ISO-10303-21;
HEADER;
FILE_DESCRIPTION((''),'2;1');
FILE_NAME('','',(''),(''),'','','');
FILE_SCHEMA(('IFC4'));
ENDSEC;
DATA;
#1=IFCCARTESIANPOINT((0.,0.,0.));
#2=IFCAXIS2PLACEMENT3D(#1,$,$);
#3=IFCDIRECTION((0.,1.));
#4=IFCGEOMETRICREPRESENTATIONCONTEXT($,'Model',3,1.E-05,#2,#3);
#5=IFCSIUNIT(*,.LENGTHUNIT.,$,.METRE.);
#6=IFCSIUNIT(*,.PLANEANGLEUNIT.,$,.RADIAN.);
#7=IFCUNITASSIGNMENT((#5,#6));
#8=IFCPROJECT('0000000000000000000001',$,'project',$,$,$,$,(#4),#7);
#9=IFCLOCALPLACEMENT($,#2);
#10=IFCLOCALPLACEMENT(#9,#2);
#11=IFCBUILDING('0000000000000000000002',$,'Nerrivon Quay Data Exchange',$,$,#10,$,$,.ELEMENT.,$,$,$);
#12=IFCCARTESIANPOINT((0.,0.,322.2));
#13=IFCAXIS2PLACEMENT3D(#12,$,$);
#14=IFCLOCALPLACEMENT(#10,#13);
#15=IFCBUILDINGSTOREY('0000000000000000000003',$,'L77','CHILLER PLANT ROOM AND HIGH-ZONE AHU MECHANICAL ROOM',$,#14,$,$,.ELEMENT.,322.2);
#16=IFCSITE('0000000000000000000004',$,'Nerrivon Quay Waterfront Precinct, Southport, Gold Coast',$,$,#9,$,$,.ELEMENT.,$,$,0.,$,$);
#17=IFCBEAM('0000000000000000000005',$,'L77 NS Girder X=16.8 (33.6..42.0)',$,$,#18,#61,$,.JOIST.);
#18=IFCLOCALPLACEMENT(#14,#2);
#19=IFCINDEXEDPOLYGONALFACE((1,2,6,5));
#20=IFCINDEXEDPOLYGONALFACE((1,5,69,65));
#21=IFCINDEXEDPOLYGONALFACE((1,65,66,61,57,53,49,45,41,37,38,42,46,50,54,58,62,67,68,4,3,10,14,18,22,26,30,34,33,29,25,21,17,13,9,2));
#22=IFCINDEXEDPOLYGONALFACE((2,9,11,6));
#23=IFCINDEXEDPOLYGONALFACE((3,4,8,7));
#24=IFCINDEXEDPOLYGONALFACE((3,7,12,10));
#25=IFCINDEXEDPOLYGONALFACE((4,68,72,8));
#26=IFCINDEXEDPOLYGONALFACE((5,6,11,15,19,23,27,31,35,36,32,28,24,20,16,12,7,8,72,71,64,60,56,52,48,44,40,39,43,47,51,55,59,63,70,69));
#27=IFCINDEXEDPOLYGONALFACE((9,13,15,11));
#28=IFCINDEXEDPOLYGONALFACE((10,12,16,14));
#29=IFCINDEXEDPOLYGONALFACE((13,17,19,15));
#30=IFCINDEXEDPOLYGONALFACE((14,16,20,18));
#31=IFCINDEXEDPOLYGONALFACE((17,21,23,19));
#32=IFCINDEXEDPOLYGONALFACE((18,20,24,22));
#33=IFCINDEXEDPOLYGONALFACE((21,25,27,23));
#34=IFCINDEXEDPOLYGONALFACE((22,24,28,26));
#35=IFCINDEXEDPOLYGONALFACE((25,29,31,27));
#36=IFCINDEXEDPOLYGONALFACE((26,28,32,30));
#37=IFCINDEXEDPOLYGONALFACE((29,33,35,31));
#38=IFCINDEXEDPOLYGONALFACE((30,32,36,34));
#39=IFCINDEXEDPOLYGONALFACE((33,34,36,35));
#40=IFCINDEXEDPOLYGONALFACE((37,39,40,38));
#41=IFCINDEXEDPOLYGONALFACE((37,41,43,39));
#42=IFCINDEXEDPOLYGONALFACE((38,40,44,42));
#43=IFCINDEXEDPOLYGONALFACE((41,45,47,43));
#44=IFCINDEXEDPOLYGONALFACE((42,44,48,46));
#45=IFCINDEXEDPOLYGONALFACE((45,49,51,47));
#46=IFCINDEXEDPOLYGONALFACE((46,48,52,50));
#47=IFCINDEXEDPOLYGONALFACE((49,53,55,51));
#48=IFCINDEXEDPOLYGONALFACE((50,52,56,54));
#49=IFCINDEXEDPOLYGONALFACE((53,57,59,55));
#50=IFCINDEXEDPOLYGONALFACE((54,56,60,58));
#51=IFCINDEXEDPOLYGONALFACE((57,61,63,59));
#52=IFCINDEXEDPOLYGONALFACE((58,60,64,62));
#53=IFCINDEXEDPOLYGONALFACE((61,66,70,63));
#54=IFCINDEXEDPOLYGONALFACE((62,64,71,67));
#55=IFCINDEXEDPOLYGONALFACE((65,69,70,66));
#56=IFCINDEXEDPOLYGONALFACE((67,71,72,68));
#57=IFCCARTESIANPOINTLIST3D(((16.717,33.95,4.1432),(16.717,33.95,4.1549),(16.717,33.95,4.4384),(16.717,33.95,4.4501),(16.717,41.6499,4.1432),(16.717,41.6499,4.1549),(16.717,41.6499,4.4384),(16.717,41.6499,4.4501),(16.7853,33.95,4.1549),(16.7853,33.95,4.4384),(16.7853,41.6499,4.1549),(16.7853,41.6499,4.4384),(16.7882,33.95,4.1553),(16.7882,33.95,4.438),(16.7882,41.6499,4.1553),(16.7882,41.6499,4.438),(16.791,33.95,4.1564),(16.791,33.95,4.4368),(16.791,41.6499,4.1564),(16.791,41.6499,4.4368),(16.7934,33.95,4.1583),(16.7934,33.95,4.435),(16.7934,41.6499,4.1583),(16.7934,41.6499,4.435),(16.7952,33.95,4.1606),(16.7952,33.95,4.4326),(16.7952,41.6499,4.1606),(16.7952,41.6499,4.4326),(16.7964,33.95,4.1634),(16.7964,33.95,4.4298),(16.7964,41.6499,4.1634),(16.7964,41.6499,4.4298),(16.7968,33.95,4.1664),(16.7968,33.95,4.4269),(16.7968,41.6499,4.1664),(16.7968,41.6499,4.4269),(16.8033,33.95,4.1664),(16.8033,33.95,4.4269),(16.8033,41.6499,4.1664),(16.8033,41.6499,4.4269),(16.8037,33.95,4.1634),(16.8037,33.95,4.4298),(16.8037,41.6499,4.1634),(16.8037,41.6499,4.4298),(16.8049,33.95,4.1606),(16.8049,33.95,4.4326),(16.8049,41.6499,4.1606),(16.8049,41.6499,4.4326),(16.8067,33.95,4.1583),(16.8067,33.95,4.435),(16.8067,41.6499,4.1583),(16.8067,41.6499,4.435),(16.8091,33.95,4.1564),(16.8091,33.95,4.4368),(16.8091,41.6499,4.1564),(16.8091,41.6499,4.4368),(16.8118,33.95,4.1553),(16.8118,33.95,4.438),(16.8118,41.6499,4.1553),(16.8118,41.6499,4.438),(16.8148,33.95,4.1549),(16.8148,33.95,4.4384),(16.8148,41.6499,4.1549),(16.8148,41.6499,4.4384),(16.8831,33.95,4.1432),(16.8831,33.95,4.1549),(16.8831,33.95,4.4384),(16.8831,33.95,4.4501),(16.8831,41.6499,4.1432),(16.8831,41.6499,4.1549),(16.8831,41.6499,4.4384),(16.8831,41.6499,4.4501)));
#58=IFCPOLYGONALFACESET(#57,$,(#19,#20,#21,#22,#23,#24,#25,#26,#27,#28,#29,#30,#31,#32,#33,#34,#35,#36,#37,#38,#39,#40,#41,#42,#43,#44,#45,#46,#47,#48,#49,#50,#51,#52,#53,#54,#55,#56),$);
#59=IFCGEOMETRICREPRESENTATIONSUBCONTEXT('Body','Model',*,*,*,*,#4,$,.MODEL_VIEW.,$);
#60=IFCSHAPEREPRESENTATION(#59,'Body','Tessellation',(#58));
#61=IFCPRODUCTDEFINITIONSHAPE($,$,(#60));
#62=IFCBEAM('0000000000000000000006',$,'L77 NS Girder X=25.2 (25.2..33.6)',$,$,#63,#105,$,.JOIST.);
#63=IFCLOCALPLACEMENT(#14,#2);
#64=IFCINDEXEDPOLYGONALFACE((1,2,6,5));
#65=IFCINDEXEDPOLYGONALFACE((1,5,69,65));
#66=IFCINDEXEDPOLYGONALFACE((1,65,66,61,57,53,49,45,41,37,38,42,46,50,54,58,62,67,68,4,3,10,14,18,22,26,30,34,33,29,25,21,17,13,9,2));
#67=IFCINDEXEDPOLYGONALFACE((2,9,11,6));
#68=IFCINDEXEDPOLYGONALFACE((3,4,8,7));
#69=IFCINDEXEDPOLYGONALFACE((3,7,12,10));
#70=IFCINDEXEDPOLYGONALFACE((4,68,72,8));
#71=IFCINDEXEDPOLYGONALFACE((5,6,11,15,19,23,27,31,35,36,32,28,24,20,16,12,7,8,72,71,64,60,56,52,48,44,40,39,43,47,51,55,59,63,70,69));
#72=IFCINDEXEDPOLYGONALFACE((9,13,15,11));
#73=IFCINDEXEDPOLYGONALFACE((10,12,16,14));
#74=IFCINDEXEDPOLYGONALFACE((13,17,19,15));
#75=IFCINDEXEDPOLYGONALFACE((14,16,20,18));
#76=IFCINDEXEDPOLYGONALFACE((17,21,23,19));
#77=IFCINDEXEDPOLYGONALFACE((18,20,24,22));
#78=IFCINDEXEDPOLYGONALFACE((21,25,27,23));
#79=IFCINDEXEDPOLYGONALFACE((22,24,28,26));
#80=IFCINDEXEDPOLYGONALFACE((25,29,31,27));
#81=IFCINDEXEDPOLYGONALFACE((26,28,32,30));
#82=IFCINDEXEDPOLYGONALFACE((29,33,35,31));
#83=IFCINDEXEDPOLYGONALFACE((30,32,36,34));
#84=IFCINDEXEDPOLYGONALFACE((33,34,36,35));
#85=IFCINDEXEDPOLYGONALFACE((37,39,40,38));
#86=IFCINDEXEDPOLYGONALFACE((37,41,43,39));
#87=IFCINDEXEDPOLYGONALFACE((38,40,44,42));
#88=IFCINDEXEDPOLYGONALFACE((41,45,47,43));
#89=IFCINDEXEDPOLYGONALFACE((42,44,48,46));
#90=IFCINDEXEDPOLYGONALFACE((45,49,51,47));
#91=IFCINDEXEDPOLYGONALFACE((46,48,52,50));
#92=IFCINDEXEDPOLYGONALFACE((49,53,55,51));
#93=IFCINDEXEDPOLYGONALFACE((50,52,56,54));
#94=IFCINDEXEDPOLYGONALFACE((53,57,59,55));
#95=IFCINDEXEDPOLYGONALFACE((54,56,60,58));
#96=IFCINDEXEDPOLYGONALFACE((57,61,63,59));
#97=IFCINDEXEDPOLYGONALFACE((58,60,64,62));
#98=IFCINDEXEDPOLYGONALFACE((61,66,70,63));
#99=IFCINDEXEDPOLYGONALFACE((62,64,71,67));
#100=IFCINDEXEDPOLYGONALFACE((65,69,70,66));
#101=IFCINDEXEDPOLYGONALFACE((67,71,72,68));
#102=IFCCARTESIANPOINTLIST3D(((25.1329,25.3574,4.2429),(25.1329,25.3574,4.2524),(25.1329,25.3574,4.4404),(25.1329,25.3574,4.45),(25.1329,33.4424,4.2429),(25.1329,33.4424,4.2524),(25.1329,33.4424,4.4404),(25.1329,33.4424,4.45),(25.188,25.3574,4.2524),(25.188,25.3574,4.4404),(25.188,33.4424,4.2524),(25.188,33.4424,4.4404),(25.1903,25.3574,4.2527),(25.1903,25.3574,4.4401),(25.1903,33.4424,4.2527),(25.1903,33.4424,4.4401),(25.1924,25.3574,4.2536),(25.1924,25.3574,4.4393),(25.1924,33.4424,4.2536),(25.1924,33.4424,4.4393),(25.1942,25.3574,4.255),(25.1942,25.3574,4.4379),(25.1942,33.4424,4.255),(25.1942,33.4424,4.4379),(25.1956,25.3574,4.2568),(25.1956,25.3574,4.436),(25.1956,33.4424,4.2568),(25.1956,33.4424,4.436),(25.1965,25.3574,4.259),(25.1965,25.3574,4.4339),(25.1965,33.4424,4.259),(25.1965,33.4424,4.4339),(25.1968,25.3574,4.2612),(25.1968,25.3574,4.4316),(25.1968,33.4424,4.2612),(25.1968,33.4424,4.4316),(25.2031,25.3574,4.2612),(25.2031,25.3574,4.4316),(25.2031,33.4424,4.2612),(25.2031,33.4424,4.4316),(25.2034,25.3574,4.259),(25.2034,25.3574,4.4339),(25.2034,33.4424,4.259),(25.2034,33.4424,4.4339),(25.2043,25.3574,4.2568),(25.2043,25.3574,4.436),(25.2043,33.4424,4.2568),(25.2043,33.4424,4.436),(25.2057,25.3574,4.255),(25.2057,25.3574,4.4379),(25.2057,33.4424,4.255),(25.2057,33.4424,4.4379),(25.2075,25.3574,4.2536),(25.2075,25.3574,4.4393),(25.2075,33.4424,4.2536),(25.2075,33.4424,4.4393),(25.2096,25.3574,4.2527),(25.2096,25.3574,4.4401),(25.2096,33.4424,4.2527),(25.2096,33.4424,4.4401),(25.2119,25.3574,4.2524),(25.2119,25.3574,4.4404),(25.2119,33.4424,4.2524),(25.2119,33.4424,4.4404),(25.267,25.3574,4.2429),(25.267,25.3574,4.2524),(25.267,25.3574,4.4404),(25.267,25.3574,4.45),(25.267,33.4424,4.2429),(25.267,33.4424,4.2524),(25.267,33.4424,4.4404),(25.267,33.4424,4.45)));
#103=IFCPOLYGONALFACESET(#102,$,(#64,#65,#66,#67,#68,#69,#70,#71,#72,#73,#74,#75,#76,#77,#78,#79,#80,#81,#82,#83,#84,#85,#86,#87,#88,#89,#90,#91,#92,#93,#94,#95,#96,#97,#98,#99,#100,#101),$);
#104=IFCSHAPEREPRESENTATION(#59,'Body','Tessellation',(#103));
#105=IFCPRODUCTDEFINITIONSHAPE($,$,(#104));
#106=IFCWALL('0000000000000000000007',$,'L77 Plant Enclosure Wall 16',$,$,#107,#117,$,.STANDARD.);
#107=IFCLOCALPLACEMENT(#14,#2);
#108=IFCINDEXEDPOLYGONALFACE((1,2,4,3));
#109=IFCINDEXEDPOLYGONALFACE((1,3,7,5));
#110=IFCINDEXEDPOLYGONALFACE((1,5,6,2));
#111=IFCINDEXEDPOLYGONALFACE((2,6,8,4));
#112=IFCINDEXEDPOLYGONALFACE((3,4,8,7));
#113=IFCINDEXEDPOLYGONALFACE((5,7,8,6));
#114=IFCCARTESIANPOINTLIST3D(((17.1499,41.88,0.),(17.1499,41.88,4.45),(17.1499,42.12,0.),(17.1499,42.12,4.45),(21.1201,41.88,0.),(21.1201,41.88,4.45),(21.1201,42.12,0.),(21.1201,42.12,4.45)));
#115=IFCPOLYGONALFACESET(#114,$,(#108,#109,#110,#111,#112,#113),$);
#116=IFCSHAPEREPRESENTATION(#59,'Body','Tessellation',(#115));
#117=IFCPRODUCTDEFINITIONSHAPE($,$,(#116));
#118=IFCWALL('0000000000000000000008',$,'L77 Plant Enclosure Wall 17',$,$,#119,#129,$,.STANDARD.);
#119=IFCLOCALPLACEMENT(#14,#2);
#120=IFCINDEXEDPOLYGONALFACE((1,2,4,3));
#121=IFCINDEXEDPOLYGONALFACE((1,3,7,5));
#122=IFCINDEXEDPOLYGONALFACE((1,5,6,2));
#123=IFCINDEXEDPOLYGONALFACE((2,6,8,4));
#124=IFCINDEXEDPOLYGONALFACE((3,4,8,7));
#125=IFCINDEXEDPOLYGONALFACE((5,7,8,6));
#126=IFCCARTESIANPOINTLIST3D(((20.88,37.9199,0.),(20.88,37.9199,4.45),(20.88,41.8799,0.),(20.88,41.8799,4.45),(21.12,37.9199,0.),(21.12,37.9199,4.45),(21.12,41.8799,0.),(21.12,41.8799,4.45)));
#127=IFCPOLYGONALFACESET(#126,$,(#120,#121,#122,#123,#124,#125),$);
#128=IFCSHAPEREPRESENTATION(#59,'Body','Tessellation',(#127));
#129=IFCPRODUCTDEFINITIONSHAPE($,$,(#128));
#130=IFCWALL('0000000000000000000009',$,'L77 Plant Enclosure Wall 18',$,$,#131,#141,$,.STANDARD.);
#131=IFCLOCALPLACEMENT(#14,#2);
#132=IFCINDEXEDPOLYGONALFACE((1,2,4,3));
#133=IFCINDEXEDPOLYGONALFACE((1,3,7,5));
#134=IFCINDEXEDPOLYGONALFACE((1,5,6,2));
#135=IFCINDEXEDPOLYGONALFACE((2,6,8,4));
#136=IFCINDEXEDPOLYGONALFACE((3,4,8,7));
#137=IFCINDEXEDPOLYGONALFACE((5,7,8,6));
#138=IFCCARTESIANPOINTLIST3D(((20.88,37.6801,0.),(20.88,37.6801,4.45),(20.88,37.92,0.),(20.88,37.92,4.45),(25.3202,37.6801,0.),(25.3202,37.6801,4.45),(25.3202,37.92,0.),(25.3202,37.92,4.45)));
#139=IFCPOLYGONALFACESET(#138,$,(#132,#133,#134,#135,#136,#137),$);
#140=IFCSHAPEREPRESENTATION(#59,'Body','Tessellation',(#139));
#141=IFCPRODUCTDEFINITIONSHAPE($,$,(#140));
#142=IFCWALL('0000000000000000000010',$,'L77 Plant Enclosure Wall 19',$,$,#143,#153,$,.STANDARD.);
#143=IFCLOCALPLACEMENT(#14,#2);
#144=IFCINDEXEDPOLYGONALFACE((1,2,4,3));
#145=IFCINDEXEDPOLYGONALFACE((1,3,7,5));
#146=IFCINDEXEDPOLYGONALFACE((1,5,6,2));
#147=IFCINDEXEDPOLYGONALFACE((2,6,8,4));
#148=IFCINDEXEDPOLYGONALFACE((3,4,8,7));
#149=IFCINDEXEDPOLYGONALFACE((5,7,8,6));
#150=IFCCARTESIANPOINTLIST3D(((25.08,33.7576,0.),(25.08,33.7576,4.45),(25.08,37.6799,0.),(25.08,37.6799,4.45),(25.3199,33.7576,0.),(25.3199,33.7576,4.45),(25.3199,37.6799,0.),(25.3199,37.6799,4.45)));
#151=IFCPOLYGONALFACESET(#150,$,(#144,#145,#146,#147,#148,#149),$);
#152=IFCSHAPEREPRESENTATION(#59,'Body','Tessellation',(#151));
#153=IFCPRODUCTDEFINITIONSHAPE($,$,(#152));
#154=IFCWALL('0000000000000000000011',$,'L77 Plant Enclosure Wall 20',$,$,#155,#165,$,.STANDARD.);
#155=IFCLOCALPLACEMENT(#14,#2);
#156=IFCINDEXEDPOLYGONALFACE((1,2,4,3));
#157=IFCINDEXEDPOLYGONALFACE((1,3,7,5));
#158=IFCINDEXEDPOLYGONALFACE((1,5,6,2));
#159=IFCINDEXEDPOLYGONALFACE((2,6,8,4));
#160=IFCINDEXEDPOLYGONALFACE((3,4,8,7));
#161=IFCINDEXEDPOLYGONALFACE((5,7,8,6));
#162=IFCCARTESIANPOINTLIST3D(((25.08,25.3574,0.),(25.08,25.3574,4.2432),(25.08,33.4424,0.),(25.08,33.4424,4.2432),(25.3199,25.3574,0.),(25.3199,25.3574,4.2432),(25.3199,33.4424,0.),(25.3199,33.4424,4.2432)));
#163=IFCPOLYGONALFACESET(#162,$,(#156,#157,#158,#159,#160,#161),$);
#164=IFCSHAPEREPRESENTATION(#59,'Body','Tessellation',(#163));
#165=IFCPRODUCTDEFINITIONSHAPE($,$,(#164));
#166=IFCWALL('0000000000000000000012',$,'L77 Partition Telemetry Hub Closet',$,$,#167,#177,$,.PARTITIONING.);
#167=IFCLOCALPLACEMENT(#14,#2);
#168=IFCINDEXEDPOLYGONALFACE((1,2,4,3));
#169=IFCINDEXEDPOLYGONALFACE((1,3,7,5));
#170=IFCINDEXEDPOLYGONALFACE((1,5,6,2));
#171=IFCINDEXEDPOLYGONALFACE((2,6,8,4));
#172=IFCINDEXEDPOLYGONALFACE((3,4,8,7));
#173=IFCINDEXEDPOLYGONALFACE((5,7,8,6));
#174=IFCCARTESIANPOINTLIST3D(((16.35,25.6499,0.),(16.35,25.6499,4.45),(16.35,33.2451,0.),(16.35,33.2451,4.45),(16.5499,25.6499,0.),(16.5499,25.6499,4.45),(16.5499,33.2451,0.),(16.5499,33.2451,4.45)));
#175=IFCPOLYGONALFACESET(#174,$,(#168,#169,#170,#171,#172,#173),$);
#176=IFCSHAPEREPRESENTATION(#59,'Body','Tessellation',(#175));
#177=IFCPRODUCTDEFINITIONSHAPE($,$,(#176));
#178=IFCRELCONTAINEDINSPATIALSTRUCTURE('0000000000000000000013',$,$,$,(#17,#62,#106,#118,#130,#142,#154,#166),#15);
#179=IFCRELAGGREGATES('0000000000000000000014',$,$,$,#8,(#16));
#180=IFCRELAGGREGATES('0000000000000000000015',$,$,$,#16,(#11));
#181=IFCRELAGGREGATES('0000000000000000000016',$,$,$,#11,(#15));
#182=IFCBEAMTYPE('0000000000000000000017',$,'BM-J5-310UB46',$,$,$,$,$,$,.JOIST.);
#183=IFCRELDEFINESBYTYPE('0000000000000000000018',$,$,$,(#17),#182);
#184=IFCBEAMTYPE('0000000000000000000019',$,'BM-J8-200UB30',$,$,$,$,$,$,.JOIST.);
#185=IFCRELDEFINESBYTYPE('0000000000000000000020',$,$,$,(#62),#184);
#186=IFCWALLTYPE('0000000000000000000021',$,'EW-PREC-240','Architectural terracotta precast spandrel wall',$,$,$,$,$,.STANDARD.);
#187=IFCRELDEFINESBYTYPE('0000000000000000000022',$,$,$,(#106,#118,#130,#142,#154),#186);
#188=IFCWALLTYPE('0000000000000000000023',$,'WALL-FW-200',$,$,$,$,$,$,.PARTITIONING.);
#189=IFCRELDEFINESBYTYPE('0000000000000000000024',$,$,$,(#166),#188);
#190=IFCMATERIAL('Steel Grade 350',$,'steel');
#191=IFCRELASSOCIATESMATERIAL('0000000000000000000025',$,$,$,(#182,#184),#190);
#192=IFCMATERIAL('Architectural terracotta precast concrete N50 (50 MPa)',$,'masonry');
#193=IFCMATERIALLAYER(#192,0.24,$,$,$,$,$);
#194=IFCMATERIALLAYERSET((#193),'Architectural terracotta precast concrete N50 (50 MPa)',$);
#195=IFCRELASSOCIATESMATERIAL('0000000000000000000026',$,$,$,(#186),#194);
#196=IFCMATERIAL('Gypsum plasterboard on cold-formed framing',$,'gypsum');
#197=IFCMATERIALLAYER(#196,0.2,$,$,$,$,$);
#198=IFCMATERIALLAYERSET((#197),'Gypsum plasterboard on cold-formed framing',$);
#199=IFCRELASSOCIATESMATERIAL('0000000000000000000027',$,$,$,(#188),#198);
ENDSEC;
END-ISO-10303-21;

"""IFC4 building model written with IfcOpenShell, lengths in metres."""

from ifc_helpers import new_model, si_unit, direction, frame, frame_2d, origin, origin_2d, place, context, subcontext, project, spatial, rectangle, i_section, extrude, material, layer, layer_set, material_profile, profile_set, type_object, element, save


model = new_model("IFC4")

# Units and contexts
model_context = context("Model", 3, precision=1e-05, world=origin(), true_north=direction((0.0, 1.0)))
body_context = subcontext(model_context, "Body", "Model", "MODEL_VIEW")
ifc_project = project(units=[si_unit("LENGTHUNIT", "METRE"), si_unit("PLANEANGLEUNIT", "RADIAN")], contexts=[model_context])

# Site, building, storey
site_placement = place(None, origin())
site = spatial("IfcSite", under=ifc_project, at=site_placement, Name="Nerrivon Quay Waterfront Precinct, Southport, Gold Coast", CompositionType="ELEMENT", RefElevation=0.0)
building_placement = place(site_placement, origin())
building = spatial("IfcBuilding", under=site, at=building_placement, Name="Nerrivon Quay Data Exchange", CompositionType="ELEMENT")
storey_placement = place(building_placement, frame((0.0, 0.0, 322.2)))
storey = spatial("IfcBuildingStorey", under=building, at=storey_placement, Name="L77", Description="CHILLER PLANT ROOM AND HIGH-ZONE AHU MECHANICAL ROOM", CompositionType="ELEMENT", Elevation=322.2)

# Shared definitions
ifc_material_1 = material(Name="Steel Grade 350", Category="steel")

# Beams
ifc_material_profile_1 = material_profile(ifc_material_1, i_section(OverallWidth=0.166, OverallDepth=0.3069, WebThickness=0.0066, FlangeThickness=0.0117, FilletRadius=0.0115, at=origin_2d()), Name="310UB46.2")
ifc_profile_set_1 = profile_set([ifc_material_profile_1], Name="Steel Grade 350")
beam_type_1 = type_object("IfcBeamType", Name="BM-J5-310UB46", PredefinedType="JOIST", material=ifc_profile_set_1)
for number, where, z_axis, x_axis, name in (
    (1, (16.8, 33.95, 4.2966), (0.0, 1.0, 0.0), (-1.0, 0.0, 0.0), "L77 NS Girder X=16.8 (33.6..42.0)"),
):
    element("IfcBeam", number, at=place(storey_placement, frame(where, z_axis=z_axis, x_axis=x_axis)), inside=storey, type_object=beam_type_1, Name=name, PredefinedType="JOIST", context=body_context, shape_type="SweptSolid", body=[
        extrude(i_section(OverallWidth=0.166, OverallDepth=0.3069, WebThickness=0.0066, FlangeThickness=0.0117, FilletRadius=0.0115, at=origin_2d()), origin(), (0.0, 0.0, 1.0), 7.7),
    ])
ifc_material_profile_2 = material_profile(ifc_material_1, i_section(OverallWidth=0.134, OverallDepth=0.207, WebThickness=0.0063, FlangeThickness=0.0095, FilletRadius=0.0088, at=origin_2d()), Name="200UB29.8")
ifc_profile_set_2 = profile_set([ifc_material_profile_2], Name="Steel Grade 350")
beam_type_2 = type_object("IfcBeamType", Name="BM-J8-200UB30", PredefinedType="JOIST", material=ifc_profile_set_2)
beam_1_placement = place(storey_placement, frame((25.2, 25.3574, 4.3464), z_axis=(0.0, 1.0, 0.0), x_axis=(-1.0, 0.0, 0.0)))
element("IfcBeam", 2, at=beam_1_placement, inside=storey, type_object=beam_type_2, Name="L77 NS Girder X=25.2 (25.2..33.6)", PredefinedType="JOIST", context=body_context, shape_type="SweptSolid", body=[
    extrude(i_section(OverallWidth=0.134, OverallDepth=0.207, WebThickness=0.0063, FlangeThickness=0.0095, FilletRadius=0.0088, at=origin_2d()), origin(), (0.0, 0.0, 1.0), 8.085),
])

# Walls
ifc_material_2 = material(Name="Architectural terracotta precast concrete N50 (50 MPa)", Category="masonry")
ifc_layer_1 = layer(ifc_material_2, 0.24)
ifc_layer_set_1 = layer_set([ifc_layer_1], Name="Architectural terracotta precast concrete N50 (50 MPa)")
wall_type_1 = type_object("IfcWallType", Name="EW-PREC-240", Description="Architectural terracotta precast spandrel wall", PredefinedType="STANDARD", material=ifc_layer_set_1)
wall_1_placement = place(storey_placement, frame((17.1499, 42.0, 0.0), z_axis=(0.0, 0.0, 1.0), x_axis=(1.0, 0.0, 0.0)))
element("IfcWall", 3, at=wall_1_placement, inside=storey, type_object=wall_type_1, Name="L77 Plant Enclosure Wall 16", PredefinedType="STANDARD", context=body_context, shape_type="SweptSolid", body=[
    extrude(rectangle(XDim=3.9702, YDim=0.24, at=frame_2d((1.9851, 0.0))), origin(), (0.0, 0.0, 1.0), 4.45),
])
wall_2_placement = place(storey_placement, frame((21.0, 41.8799, 0.0), z_axis=(0.0, 0.0, 1.0), x_axis=(0.0, -1.0, 0.0)))
element("IfcWall", 4, at=wall_2_placement, inside=storey, type_object=wall_type_1, Name="L77 Plant Enclosure Wall 17", PredefinedType="STANDARD", context=body_context, shape_type="SweptSolid", body=[
    extrude(rectangle(XDim=3.96, YDim=0.24, at=frame_2d((1.98, 0.0))), origin(), (0.0, 0.0, 1.0), 4.45),
])
wall_3_placement = place(storey_placement, frame((20.8799, 37.8, 0.0), z_axis=(0.0, 0.0, 1.0), x_axis=(1.0, 0.0, 0.0)))
element("IfcWall", 5, at=wall_3_placement, inside=storey, type_object=wall_type_1, Name="L77 Plant Enclosure Wall 18", PredefinedType="STANDARD", context=body_context, shape_type="SweptSolid", body=[
    extrude(rectangle(XDim=4.4402, YDim=0.24, at=frame_2d((2.2202, 0.0))), origin(), (0.0, 0.0, 1.0), 4.45),
])
wall_4_placement = place(storey_placement, frame((25.2, 37.6799, 0.0), z_axis=(0.0, 0.0, 1.0), x_axis=(0.0, -1.0, 0.0)))
element("IfcWall", 6, at=wall_4_placement, inside=storey, type_object=wall_type_1, Name="L77 Plant Enclosure Wall 19", PredefinedType="STANDARD", context=body_context, shape_type="SweptSolid", body=[
    extrude(rectangle(XDim=3.9224, YDim=0.24, at=frame_2d((1.9612, 0.0))), origin(), (0.0, 0.0, 1.0), 4.45),
])
wall_5_placement = place(storey_placement, frame((25.2, 33.4424, 0.0), z_axis=(0.0, 0.0, 1.0), x_axis=(0.0, -1.0, 0.0)))
element("IfcWall", 7, at=wall_5_placement, inside=storey, type_object=wall_type_1, Name="L77 Plant Enclosure Wall 20", PredefinedType="STANDARD", context=body_context, shape_type="SweptSolid", body=[
    extrude(rectangle(XDim=8.085, YDim=0.24, at=frame_2d((4.0425, 0.0))), origin(), (0.0, 0.0, 1.0), 4.2432),
])

# Wall
ifc_material_3 = material(Name="Gypsum plasterboard on cold-formed framing", Category="gypsum")
ifc_layer_2 = layer(ifc_material_3, 0.2)
ifc_layer_set_2 = layer_set([ifc_layer_2], Name="Gypsum plasterboard on cold-formed framing")
wall_type_2 = type_object("IfcWallType", Name="WALL-FW-200", PredefinedType="PARTITIONING", material=ifc_layer_set_2)
wall_6_placement = place(storey_placement, frame((16.45, 25.6499, 0.0), z_axis=(0.0, 0.0, 1.0), x_axis=(0.0, 1.0, 0.0)))
element("IfcWall", 8, at=wall_6_placement, inside=storey, type_object=wall_type_2, Name="L77 Partition Telemetry Hub Closet", PredefinedType="PARTITIONING", context=body_context, shape_type="SweptSolid", body=[
    extrude(rectangle(XDim=7.5952, YDim=0.2, at=frame_2d((3.7976, 0.0))), origin(), (0.0, 0.0, 1.0), 4.45),
])

save(model, "model.ifc")
